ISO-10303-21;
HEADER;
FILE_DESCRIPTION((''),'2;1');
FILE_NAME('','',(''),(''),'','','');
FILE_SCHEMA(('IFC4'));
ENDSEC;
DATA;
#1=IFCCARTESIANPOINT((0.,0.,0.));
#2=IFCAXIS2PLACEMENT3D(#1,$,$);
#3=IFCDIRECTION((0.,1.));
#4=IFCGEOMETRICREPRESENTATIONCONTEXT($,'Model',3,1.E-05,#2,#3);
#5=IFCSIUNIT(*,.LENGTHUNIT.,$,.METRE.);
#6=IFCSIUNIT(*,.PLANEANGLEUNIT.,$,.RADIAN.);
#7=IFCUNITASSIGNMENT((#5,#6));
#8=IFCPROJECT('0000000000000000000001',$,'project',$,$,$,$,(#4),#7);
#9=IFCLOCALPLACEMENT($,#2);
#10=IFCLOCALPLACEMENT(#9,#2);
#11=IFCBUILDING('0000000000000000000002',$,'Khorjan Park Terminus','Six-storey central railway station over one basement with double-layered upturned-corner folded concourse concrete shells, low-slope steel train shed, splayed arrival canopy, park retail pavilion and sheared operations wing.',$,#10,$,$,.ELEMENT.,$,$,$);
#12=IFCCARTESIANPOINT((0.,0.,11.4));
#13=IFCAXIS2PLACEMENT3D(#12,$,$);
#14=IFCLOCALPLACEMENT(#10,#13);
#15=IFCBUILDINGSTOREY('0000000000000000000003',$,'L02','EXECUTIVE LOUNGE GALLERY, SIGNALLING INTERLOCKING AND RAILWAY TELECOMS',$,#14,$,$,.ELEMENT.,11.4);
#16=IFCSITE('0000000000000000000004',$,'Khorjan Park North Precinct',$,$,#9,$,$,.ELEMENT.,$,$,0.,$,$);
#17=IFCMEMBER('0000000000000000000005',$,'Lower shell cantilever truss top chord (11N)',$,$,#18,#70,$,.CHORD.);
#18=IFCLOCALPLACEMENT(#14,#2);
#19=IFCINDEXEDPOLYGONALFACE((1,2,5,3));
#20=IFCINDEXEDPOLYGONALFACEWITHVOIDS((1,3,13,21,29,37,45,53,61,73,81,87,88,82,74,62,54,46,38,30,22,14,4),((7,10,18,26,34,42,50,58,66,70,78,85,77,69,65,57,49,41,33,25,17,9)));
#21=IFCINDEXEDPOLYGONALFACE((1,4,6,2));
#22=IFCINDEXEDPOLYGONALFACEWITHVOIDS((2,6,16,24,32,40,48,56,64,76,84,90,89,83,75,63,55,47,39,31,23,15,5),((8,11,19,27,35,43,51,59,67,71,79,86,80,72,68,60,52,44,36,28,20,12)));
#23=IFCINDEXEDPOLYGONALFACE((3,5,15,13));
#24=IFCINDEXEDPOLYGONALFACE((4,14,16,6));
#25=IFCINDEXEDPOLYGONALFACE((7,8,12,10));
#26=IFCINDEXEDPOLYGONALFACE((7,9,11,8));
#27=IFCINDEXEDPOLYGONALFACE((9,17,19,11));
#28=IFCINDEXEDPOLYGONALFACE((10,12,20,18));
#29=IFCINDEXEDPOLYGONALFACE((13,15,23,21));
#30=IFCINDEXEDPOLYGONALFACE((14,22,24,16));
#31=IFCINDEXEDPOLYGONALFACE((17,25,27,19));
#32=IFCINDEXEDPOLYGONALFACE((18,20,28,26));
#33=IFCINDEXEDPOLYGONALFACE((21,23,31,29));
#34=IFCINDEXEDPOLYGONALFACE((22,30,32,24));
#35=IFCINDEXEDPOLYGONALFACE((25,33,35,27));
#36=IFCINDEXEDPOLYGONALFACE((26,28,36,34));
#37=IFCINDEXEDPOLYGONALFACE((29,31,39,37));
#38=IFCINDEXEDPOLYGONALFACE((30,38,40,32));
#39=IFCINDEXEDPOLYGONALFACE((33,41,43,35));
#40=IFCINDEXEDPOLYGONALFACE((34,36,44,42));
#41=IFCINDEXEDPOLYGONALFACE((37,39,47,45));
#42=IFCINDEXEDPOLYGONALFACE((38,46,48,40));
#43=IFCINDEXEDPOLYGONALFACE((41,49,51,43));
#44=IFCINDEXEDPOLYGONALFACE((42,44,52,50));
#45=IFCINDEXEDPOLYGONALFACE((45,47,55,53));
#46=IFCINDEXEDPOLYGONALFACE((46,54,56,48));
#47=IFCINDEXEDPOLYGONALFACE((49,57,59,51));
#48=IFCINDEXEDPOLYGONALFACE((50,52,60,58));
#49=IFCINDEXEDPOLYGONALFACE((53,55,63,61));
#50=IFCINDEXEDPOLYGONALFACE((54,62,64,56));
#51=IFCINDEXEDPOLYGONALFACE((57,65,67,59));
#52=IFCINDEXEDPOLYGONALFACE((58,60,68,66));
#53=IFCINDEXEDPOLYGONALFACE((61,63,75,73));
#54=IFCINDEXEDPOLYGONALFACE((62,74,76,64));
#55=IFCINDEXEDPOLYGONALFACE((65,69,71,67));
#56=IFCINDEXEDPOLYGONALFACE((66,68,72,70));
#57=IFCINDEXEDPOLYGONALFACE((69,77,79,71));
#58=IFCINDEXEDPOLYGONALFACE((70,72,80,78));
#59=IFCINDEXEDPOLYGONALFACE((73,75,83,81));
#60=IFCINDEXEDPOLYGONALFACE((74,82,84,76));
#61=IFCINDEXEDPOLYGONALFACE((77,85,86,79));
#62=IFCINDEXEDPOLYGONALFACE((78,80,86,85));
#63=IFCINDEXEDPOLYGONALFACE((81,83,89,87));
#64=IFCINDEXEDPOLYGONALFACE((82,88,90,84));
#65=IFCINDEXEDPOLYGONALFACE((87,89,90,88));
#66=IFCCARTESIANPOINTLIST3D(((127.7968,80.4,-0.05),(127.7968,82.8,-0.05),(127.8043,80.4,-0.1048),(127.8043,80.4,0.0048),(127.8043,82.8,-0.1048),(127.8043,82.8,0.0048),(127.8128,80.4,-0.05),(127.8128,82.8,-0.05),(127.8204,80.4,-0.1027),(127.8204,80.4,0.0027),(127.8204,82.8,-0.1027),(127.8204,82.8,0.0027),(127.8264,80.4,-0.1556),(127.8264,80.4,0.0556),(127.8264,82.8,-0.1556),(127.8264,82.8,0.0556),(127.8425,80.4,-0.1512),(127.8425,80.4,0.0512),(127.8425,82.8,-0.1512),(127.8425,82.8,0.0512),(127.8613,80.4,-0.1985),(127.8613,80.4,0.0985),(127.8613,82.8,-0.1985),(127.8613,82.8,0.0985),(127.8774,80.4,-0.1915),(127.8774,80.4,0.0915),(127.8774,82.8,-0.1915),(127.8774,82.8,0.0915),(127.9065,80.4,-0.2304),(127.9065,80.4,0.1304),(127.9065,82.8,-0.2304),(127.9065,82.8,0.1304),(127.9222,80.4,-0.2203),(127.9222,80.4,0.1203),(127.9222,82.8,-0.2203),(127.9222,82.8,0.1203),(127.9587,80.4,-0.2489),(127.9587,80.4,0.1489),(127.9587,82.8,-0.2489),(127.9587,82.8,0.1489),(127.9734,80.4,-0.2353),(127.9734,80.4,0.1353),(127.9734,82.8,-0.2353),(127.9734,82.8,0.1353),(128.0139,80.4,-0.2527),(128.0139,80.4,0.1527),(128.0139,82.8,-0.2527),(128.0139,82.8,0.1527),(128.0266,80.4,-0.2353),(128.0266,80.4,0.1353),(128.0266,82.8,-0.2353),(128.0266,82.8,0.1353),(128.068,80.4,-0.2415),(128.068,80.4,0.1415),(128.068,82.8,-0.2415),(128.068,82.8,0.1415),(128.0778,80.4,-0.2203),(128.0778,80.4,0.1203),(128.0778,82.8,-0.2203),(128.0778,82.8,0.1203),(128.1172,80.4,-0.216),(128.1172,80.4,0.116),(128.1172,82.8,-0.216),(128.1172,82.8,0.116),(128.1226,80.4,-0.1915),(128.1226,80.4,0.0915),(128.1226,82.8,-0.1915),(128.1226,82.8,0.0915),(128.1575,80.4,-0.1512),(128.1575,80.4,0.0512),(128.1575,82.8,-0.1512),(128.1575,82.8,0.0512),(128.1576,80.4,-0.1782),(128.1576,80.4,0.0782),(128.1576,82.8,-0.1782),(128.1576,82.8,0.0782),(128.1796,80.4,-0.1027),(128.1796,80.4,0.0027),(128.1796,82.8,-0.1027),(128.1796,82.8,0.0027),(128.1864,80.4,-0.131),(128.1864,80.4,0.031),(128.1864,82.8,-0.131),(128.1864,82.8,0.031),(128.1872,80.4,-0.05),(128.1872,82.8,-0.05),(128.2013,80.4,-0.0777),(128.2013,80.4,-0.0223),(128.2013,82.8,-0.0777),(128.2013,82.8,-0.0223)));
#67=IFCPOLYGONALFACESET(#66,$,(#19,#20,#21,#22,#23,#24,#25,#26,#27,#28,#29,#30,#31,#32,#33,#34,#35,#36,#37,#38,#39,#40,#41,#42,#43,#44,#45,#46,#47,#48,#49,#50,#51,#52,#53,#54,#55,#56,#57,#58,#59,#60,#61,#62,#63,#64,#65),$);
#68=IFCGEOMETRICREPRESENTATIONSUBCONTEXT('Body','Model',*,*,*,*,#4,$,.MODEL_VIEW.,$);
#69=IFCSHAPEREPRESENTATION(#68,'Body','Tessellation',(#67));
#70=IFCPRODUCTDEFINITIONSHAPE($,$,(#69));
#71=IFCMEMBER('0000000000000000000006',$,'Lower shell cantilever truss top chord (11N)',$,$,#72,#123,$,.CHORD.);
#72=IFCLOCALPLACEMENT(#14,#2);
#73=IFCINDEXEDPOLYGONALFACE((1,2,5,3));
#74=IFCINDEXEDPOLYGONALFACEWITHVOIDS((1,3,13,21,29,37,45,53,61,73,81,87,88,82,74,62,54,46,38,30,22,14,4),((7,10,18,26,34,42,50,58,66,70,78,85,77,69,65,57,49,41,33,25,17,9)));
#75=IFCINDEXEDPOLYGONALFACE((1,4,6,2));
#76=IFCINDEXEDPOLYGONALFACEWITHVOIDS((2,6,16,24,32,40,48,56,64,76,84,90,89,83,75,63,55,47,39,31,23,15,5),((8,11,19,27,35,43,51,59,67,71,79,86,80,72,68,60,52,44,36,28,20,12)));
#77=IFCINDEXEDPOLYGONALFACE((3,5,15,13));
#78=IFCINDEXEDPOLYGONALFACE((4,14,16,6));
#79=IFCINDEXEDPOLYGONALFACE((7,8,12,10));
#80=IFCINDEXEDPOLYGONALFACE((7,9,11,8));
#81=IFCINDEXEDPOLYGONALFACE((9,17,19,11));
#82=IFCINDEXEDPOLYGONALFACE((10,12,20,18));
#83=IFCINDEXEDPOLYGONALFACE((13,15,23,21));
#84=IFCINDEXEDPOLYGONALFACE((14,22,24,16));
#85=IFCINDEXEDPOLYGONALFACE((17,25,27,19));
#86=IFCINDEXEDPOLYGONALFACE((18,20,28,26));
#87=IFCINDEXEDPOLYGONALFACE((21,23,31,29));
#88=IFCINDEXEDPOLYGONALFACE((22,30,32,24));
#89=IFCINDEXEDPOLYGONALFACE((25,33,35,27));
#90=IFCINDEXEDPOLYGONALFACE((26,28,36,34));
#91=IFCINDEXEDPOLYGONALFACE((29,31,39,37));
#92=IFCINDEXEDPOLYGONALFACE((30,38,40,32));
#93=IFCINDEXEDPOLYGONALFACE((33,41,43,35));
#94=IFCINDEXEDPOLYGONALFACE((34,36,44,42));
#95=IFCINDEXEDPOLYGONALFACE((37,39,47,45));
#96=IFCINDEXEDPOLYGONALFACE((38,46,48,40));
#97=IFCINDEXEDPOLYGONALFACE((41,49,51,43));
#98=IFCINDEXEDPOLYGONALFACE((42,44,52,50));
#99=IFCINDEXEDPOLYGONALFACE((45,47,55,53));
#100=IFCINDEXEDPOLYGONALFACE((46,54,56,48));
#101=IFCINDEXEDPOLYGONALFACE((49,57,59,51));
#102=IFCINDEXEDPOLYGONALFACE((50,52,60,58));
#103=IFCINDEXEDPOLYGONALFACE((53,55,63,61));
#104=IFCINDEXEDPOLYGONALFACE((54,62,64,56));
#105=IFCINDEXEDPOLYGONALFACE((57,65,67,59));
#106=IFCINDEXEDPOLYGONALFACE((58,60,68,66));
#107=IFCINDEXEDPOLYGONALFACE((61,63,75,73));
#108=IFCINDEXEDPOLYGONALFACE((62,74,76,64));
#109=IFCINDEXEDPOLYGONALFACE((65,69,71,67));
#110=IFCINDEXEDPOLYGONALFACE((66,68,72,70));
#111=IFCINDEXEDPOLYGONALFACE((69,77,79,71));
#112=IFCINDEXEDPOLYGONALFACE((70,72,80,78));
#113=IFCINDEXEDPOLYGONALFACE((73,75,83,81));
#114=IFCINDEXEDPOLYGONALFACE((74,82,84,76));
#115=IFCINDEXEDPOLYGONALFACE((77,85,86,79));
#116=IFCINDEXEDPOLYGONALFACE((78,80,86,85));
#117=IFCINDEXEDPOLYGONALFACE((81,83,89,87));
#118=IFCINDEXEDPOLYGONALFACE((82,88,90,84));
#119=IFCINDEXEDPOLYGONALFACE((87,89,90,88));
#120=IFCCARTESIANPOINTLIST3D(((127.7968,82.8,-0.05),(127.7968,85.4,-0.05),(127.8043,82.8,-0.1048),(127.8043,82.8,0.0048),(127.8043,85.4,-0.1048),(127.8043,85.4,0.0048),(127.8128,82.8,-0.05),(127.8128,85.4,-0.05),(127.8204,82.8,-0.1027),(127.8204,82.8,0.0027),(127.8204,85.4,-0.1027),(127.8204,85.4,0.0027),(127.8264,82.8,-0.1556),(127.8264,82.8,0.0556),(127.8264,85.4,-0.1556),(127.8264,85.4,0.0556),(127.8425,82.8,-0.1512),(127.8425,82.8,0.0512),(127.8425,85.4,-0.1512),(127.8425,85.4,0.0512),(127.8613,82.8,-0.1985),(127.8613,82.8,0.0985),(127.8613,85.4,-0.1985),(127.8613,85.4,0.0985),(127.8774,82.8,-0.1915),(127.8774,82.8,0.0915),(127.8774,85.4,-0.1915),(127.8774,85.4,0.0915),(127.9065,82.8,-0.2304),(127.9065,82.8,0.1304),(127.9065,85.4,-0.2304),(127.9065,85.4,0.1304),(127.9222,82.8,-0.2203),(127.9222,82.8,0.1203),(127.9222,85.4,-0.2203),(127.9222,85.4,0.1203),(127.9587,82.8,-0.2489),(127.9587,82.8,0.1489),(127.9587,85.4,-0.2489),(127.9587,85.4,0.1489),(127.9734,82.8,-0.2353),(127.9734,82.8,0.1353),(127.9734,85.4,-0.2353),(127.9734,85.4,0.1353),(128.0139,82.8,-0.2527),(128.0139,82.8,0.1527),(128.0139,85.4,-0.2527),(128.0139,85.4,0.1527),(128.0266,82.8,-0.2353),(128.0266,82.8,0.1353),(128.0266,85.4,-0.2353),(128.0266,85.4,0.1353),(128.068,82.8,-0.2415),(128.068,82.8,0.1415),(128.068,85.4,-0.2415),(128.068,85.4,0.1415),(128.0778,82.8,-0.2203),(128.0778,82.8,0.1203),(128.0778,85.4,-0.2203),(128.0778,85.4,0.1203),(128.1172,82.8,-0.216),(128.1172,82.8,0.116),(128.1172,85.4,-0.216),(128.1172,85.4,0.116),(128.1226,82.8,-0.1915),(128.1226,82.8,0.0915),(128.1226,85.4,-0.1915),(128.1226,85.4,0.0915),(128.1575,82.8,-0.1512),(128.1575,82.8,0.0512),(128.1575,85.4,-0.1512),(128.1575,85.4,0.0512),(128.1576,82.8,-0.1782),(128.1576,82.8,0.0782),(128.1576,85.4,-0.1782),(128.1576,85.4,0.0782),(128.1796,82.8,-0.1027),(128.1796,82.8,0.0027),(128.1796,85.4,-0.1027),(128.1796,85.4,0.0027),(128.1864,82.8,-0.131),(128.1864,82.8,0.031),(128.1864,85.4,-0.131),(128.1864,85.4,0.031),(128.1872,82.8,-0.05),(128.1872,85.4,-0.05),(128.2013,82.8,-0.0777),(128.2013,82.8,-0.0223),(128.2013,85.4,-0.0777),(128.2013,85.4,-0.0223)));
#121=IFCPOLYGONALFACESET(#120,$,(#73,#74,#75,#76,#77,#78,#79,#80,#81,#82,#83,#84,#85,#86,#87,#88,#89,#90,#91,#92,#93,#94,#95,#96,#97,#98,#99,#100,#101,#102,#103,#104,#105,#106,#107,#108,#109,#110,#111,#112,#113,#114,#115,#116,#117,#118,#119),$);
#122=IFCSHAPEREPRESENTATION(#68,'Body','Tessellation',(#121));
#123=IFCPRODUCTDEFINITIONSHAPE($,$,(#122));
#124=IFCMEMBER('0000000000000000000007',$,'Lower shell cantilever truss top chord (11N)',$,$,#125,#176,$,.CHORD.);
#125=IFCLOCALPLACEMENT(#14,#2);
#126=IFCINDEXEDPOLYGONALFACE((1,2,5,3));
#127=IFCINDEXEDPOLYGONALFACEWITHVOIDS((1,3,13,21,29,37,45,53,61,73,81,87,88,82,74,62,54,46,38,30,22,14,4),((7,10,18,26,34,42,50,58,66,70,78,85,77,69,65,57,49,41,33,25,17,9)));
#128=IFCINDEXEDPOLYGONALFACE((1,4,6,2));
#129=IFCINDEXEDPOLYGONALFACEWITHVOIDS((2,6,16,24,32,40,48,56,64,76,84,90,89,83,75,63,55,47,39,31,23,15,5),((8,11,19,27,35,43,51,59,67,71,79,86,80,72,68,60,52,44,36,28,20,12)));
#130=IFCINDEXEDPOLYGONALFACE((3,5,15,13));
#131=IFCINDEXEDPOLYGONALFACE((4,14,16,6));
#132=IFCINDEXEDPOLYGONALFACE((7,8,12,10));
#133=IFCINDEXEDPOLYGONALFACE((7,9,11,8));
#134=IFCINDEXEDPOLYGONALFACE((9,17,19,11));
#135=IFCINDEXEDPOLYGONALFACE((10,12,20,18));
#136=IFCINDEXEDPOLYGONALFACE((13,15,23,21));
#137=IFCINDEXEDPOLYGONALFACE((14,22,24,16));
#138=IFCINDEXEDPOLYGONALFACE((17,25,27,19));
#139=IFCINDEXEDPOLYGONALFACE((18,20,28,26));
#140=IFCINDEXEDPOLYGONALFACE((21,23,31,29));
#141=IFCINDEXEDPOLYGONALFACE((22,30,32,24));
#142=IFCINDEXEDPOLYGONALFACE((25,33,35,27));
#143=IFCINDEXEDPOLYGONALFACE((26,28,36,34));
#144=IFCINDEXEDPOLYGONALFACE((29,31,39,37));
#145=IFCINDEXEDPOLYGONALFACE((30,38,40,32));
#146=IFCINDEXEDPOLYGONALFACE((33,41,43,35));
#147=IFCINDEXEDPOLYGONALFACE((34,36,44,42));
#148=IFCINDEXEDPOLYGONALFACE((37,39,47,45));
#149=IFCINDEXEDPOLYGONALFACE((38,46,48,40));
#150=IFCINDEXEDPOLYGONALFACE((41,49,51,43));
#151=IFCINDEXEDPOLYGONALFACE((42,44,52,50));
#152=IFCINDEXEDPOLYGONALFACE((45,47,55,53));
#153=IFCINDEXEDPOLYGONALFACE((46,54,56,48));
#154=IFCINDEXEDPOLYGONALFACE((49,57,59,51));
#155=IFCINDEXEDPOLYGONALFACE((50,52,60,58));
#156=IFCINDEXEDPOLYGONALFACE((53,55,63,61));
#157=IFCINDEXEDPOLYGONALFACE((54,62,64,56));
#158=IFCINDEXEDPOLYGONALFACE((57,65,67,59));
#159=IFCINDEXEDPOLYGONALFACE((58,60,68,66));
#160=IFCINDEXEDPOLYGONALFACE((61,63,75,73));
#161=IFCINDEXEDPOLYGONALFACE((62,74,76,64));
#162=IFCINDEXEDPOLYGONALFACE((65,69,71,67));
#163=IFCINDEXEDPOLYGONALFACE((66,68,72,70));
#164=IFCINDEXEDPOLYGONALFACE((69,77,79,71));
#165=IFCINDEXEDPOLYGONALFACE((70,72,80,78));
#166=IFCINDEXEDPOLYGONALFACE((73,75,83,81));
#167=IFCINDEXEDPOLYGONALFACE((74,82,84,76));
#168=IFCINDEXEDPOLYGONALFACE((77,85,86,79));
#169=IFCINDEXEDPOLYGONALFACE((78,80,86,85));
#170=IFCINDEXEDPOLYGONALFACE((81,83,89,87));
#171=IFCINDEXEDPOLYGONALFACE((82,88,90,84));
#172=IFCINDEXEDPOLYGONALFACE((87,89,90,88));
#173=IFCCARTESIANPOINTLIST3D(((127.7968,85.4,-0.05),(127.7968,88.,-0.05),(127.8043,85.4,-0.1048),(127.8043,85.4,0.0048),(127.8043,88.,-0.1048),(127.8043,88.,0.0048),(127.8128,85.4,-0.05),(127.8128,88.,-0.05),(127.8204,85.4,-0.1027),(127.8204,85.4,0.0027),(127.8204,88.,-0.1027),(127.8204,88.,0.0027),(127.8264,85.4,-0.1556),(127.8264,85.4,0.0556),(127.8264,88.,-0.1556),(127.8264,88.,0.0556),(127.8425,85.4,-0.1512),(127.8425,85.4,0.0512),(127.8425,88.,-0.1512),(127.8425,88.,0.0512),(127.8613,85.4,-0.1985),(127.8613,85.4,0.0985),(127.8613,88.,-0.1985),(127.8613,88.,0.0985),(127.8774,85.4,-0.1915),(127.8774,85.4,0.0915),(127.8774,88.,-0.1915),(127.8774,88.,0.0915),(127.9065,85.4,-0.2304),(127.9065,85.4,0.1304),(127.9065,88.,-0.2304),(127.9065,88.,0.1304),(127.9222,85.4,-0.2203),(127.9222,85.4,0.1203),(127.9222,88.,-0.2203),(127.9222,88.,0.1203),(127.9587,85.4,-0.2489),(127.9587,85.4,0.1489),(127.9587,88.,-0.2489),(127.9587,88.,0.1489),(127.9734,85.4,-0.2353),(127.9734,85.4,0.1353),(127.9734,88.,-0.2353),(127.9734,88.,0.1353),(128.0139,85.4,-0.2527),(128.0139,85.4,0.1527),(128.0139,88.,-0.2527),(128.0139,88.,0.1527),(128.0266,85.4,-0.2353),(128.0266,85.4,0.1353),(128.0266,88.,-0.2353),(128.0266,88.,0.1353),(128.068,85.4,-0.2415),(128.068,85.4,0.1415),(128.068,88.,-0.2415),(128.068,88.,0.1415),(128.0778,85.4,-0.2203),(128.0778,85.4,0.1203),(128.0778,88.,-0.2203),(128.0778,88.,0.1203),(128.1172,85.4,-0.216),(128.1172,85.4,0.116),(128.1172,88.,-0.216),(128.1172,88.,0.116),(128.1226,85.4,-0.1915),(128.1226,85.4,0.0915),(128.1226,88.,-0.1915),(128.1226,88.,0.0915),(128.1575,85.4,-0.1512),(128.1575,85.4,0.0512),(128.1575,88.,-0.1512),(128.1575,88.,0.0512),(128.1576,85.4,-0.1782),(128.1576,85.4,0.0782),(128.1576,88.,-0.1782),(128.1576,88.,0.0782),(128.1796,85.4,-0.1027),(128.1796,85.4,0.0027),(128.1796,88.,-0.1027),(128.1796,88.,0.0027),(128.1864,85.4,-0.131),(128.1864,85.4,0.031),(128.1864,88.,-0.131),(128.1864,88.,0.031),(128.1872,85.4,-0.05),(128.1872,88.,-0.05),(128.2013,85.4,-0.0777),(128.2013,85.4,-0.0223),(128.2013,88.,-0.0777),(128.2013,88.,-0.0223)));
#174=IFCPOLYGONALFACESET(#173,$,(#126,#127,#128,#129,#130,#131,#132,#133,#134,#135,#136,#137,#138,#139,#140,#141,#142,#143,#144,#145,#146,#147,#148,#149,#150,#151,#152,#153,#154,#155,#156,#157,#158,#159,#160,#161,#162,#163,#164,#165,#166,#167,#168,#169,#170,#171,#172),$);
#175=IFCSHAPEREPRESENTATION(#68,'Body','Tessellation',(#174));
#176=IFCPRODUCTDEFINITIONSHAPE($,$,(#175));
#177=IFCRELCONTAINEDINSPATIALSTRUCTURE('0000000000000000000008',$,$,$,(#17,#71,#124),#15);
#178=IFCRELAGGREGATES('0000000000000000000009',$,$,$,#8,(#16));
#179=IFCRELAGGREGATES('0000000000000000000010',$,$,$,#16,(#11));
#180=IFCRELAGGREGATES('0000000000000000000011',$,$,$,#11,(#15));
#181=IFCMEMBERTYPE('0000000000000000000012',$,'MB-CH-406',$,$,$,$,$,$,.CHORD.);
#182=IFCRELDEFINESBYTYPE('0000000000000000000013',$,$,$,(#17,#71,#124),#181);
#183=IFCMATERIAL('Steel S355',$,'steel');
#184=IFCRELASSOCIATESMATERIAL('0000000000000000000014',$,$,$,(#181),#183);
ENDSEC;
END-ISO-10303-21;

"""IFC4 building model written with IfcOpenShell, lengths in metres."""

from ifc_helpers import new_model, si_unit, direction, frame, origin, origin_2d, place, context, subcontext, project, spatial, hollow_circle, extrude, material, material_profile, profile_set, type_object, element, save


model = new_model("IFC4")

# Units and contexts
model_context = context("Model", 3, precision=1e-05, world=origin(), true_north=direction((0.0, 1.0)))
body_context = subcontext(model_context, "Body", "Model", "MODEL_VIEW")
ifc_project = project(units=[si_unit("LENGTHUNIT", "METRE"), si_unit("PLANEANGLEUNIT", "RADIAN")], contexts=[model_context])

# Site, building, storey
site_placement = place(None, origin())
site = spatial("IfcSite", under=ifc_project, at=site_placement, Name="Khorjan Park North Precinct", CompositionType="ELEMENT", RefElevation=0.0)
building_placement = place(site_placement, origin())
building = spatial("IfcBuilding", under=site, at=building_placement, Name="Khorjan Park Terminus", Description="Six-storey central railway station over one basement with double-layered upturned-corner folded concourse concrete shells, low-slope steel train shed, splayed arrival canopy, park retail pavilion and sheared operations wing.", CompositionType="ELEMENT")
storey_placement = place(building_placement, frame((0.0, 0.0, 11.4)))
storey = spatial("IfcBuildingStorey", under=building, at=storey_placement, Name="L02", Description="EXECUTIVE LOUNGE GALLERY, SIGNALLING INTERLOCKING AND RAILWAY TELECOMS", CompositionType="ELEMENT", Elevation=11.4)

# Members
ifc_material_1 = material(Name="Steel S355", Category="steel")
ifc_material_profile_1 = material_profile(ifc_material_1, hollow_circle(Radius=0.2032, WallThickness=0.016, at=origin_2d()), Name="CHS 406.4x16")
ifc_profile_set_1 = profile_set([ifc_material_profile_1], Name="Steel S355")
member_type_1 = type_object("IfcMemberType", Name="MB-CH-406", PredefinedType="CHORD", material=ifc_profile_set_1)
member_1_placement = place(storey_placement, frame((128.0, 80.4, -0.05), z_axis=(0.0, 1.0, 0.0), x_axis=(-1.0, 0.0, 0.0)))
element("IfcMember", 1, at=member_1_placement, inside=storey, type_object=member_type_1, Name="Lower shell cantilever truss top chord (11N)", PredefinedType="CHORD", context=body_context, shape_type="SweptSolid", body=[
    extrude(hollow_circle(Radius=0.2032, WallThickness=0.016, at=origin_2d()), origin(), (0.0, 0.0, 1.0), 2.4),
])
for number, where, z_axis, x_axis, name in (
    (2, (128.0, 82.8, -0.05), (0.0, 1.0, 0.0), (-1.0, 0.0, 0.0), "Lower shell cantilever truss top chord (11N)"),
    (3, (128.0, 85.4, -0.05), (0.0, 1.0, 0.0), (-1.0, 0.0, 0.0), "Lower shell cantilever truss top chord (11N)"),
):
    element("IfcMember", number, at=place(storey_placement, frame(where, z_axis=z_axis, x_axis=x_axis)), inside=storey, type_object=member_type_1, Name=name, PredefinedType="CHORD", context=body_context, shape_type="SweptSolid", body=[
        extrude(hollow_circle(Radius=0.2032, WallThickness=0.016, at=origin_2d()), origin(), (0.0, 0.0, 1.0), 2.6),
    ])

save(model, "model.ifc")
